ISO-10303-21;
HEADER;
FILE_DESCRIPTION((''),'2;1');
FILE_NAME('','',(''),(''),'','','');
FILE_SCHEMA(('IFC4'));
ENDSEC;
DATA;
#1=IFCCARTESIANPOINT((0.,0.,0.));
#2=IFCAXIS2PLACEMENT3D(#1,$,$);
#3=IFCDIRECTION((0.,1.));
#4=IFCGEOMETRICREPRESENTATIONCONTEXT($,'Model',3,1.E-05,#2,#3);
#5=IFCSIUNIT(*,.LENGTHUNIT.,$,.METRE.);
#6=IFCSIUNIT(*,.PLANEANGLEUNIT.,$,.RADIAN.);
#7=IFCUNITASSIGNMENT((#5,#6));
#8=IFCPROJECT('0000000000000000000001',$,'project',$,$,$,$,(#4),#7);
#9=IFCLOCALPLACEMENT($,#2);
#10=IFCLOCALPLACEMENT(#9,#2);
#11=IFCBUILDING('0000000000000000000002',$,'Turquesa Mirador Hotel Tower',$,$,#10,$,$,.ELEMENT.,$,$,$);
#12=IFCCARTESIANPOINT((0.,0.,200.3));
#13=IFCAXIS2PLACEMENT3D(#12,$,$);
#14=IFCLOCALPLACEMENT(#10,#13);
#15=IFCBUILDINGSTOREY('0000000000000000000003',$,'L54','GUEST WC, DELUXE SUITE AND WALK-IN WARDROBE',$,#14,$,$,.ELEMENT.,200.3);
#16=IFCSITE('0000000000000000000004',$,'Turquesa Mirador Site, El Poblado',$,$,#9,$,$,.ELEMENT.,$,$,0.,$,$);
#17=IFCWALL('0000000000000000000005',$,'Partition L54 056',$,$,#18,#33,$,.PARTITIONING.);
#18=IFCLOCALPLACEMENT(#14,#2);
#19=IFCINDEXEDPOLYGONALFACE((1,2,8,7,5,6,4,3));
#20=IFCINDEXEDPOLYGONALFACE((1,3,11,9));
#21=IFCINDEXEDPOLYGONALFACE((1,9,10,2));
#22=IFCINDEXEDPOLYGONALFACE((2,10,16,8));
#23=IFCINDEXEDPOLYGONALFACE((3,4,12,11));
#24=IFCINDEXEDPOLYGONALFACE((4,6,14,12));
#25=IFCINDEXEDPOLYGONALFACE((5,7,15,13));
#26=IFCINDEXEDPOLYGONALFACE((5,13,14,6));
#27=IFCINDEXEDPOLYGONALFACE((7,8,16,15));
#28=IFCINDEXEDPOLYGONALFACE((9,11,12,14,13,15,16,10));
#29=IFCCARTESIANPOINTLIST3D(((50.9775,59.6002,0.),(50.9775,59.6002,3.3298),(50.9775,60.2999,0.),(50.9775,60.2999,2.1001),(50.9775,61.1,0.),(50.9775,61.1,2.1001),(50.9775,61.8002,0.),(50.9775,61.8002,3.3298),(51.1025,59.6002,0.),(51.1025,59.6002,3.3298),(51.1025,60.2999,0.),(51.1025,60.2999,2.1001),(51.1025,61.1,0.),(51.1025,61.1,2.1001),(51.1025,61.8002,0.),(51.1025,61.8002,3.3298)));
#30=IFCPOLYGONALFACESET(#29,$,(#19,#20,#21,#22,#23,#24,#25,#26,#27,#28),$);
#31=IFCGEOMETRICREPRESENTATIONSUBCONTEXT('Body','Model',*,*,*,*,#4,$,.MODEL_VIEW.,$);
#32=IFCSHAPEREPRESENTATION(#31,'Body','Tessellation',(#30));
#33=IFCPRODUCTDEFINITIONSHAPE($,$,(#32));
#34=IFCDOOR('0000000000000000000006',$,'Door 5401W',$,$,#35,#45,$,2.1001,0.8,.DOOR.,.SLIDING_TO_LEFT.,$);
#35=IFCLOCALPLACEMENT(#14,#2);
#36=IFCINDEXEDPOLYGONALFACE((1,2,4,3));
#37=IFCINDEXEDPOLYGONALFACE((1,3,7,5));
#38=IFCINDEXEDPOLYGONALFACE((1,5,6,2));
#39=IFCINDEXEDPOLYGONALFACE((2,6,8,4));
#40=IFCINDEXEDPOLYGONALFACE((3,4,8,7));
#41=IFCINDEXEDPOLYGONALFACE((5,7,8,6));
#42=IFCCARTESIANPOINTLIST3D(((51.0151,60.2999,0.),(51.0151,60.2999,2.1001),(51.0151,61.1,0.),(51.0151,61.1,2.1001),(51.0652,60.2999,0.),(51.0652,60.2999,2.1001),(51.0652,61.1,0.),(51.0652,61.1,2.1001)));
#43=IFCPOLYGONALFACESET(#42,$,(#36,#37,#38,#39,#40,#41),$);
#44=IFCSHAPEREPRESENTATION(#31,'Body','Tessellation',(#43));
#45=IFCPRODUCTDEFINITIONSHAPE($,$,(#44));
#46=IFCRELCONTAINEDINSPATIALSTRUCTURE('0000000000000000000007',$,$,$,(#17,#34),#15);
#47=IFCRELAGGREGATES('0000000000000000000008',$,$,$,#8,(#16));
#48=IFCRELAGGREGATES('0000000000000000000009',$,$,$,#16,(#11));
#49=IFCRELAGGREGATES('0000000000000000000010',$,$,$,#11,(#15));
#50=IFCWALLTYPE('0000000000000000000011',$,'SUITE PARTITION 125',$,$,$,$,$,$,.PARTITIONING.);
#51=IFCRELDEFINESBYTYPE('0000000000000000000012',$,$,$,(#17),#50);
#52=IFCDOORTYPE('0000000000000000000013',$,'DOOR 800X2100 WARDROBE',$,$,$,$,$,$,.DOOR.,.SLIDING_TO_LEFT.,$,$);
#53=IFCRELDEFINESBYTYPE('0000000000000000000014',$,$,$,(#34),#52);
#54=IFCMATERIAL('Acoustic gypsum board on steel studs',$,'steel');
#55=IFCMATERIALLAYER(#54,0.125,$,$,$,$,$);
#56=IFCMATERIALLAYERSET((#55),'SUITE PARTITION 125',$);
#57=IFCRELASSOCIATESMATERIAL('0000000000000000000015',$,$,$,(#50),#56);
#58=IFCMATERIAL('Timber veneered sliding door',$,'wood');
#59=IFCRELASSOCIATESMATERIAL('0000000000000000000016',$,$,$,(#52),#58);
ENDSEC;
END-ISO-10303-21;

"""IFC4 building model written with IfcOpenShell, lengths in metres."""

from ifc_helpers import new_model, si_unit, direction, frame, frame_2d, origin, place, context, subcontext, project, spatial, rectangle, extrude, material, layer, layer_set, type_object, element, fill, save


model = new_model("IFC4")

# Units and contexts
model_context = context("Model", 3, precision=1e-05, world=origin(), true_north=direction((0.0, 1.0)))
body_context = subcontext(model_context, "Body", "Model", "MODEL_VIEW")
ifc_project = project(units=[si_unit("LENGTHUNIT", "METRE"), si_unit("PLANEANGLEUNIT", "RADIAN")], contexts=[model_context])

# Site, building, storey
site_placement = place(None, origin())
site = spatial("IfcSite", under=ifc_project, at=site_placement, Name="Turquesa Mirador Site, El Poblado", CompositionType="ELEMENT", RefElevation=0.0)
building_placement = place(site_placement, origin())
building = spatial("IfcBuilding", under=site, at=building_placement, Name="Turquesa Mirador Hotel Tower", CompositionType="ELEMENT")
storey_placement = place(building_placement, frame((0.0, 0.0, 200.3)))
storey = spatial("IfcBuildingStorey", under=building, at=storey_placement, Name="L54", Description="GUEST WC, DELUXE SUITE AND WALK-IN WARDROBE", CompositionType="ELEMENT", Elevation=200.3)

# Shared definitions
ifc_material_1 = material(Name="Acoustic gypsum board on steel studs", Category="steel")
ifc_layer_1 = layer(ifc_material_1, 0.125)
ifc_layer_set_1 = layer_set([ifc_layer_1], Name="SUITE PARTITION 125")
wall_type_1 = type_object("IfcWallType", Name="SUITE PARTITION 125", PredefinedType="PARTITIONING", material=ifc_layer_set_1)

# Wall, opening, door
wall_1_placement = place(storey_placement, frame((51.04, 59.6001, 0.0), z_axis=(0.0, 0.0, 1.0), x_axis=(0.0, 1.0, 0.0)))
wall_1 = element("IfcWall", 1, at=wall_1_placement, inside=storey, type_object=wall_type_1, Name="Partition L54 056", PredefinedType="PARTITIONING", context=body_context, shape_type="SweptSolid", body=[
    extrude(rectangle(XDim=2.2, YDim=0.125, at=frame_2d((1.1001, 0.0))), origin(), (0.0, 0.0, 1.0), 3.3298),
])
opening_1_placement = place(wall_1_placement, frame((0.7, 0.0, 0.0)))
opening_1 = element("IfcOpeningElement", 2, at=opening_1_placement, cuts=wall_1, PredefinedType="OPENING", context=body_context, shape_type="SweptSolid", body=[
    extrude(rectangle(XDim=0.8, YDim=2.1001, at=frame_2d((0.3999, 1.05))), frame((0.0, 0.0725, 0.0), z_axis=(0.0, -1.0, 0.0), x_axis=(1.0, 0.0, 0.0)), (0.0, 0.0, 1.0), 0.145),
])
ifc_material_2 = material(Name="Timber veneered sliding door", Category="wood")
door_type_1 = type_object("IfcDoorType", Name="DOOR 800X2100 WARDROBE", OperationType="SLIDING_TO_LEFT", PredefinedType="DOOR", material=ifc_material_2)
door_1_placement = place(opening_1_placement, origin())
door_1 = element("IfcDoor", 3, at=door_1_placement, inside=storey, type_object=door_type_1, Name="Door 5401W", OperationType="SLIDING_TO_LEFT", OverallHeight=2.1001, OverallWidth=0.8, PredefinedType="DOOR", context=body_context, shape_type="SweptSolid", body=[
    extrude(rectangle(XDim=0.8, YDim=2.1001, at=frame_2d((0.3999, 1.05))), frame((0.0, 0.0249, 0.0), z_axis=(0.0, -1.0, 0.0), x_axis=(1.0, 0.0, 0.0)), (0.0, 0.0, 1.0), 0.05),
])
fill(opening_1, door_1)

save(model, "model.ifc")
